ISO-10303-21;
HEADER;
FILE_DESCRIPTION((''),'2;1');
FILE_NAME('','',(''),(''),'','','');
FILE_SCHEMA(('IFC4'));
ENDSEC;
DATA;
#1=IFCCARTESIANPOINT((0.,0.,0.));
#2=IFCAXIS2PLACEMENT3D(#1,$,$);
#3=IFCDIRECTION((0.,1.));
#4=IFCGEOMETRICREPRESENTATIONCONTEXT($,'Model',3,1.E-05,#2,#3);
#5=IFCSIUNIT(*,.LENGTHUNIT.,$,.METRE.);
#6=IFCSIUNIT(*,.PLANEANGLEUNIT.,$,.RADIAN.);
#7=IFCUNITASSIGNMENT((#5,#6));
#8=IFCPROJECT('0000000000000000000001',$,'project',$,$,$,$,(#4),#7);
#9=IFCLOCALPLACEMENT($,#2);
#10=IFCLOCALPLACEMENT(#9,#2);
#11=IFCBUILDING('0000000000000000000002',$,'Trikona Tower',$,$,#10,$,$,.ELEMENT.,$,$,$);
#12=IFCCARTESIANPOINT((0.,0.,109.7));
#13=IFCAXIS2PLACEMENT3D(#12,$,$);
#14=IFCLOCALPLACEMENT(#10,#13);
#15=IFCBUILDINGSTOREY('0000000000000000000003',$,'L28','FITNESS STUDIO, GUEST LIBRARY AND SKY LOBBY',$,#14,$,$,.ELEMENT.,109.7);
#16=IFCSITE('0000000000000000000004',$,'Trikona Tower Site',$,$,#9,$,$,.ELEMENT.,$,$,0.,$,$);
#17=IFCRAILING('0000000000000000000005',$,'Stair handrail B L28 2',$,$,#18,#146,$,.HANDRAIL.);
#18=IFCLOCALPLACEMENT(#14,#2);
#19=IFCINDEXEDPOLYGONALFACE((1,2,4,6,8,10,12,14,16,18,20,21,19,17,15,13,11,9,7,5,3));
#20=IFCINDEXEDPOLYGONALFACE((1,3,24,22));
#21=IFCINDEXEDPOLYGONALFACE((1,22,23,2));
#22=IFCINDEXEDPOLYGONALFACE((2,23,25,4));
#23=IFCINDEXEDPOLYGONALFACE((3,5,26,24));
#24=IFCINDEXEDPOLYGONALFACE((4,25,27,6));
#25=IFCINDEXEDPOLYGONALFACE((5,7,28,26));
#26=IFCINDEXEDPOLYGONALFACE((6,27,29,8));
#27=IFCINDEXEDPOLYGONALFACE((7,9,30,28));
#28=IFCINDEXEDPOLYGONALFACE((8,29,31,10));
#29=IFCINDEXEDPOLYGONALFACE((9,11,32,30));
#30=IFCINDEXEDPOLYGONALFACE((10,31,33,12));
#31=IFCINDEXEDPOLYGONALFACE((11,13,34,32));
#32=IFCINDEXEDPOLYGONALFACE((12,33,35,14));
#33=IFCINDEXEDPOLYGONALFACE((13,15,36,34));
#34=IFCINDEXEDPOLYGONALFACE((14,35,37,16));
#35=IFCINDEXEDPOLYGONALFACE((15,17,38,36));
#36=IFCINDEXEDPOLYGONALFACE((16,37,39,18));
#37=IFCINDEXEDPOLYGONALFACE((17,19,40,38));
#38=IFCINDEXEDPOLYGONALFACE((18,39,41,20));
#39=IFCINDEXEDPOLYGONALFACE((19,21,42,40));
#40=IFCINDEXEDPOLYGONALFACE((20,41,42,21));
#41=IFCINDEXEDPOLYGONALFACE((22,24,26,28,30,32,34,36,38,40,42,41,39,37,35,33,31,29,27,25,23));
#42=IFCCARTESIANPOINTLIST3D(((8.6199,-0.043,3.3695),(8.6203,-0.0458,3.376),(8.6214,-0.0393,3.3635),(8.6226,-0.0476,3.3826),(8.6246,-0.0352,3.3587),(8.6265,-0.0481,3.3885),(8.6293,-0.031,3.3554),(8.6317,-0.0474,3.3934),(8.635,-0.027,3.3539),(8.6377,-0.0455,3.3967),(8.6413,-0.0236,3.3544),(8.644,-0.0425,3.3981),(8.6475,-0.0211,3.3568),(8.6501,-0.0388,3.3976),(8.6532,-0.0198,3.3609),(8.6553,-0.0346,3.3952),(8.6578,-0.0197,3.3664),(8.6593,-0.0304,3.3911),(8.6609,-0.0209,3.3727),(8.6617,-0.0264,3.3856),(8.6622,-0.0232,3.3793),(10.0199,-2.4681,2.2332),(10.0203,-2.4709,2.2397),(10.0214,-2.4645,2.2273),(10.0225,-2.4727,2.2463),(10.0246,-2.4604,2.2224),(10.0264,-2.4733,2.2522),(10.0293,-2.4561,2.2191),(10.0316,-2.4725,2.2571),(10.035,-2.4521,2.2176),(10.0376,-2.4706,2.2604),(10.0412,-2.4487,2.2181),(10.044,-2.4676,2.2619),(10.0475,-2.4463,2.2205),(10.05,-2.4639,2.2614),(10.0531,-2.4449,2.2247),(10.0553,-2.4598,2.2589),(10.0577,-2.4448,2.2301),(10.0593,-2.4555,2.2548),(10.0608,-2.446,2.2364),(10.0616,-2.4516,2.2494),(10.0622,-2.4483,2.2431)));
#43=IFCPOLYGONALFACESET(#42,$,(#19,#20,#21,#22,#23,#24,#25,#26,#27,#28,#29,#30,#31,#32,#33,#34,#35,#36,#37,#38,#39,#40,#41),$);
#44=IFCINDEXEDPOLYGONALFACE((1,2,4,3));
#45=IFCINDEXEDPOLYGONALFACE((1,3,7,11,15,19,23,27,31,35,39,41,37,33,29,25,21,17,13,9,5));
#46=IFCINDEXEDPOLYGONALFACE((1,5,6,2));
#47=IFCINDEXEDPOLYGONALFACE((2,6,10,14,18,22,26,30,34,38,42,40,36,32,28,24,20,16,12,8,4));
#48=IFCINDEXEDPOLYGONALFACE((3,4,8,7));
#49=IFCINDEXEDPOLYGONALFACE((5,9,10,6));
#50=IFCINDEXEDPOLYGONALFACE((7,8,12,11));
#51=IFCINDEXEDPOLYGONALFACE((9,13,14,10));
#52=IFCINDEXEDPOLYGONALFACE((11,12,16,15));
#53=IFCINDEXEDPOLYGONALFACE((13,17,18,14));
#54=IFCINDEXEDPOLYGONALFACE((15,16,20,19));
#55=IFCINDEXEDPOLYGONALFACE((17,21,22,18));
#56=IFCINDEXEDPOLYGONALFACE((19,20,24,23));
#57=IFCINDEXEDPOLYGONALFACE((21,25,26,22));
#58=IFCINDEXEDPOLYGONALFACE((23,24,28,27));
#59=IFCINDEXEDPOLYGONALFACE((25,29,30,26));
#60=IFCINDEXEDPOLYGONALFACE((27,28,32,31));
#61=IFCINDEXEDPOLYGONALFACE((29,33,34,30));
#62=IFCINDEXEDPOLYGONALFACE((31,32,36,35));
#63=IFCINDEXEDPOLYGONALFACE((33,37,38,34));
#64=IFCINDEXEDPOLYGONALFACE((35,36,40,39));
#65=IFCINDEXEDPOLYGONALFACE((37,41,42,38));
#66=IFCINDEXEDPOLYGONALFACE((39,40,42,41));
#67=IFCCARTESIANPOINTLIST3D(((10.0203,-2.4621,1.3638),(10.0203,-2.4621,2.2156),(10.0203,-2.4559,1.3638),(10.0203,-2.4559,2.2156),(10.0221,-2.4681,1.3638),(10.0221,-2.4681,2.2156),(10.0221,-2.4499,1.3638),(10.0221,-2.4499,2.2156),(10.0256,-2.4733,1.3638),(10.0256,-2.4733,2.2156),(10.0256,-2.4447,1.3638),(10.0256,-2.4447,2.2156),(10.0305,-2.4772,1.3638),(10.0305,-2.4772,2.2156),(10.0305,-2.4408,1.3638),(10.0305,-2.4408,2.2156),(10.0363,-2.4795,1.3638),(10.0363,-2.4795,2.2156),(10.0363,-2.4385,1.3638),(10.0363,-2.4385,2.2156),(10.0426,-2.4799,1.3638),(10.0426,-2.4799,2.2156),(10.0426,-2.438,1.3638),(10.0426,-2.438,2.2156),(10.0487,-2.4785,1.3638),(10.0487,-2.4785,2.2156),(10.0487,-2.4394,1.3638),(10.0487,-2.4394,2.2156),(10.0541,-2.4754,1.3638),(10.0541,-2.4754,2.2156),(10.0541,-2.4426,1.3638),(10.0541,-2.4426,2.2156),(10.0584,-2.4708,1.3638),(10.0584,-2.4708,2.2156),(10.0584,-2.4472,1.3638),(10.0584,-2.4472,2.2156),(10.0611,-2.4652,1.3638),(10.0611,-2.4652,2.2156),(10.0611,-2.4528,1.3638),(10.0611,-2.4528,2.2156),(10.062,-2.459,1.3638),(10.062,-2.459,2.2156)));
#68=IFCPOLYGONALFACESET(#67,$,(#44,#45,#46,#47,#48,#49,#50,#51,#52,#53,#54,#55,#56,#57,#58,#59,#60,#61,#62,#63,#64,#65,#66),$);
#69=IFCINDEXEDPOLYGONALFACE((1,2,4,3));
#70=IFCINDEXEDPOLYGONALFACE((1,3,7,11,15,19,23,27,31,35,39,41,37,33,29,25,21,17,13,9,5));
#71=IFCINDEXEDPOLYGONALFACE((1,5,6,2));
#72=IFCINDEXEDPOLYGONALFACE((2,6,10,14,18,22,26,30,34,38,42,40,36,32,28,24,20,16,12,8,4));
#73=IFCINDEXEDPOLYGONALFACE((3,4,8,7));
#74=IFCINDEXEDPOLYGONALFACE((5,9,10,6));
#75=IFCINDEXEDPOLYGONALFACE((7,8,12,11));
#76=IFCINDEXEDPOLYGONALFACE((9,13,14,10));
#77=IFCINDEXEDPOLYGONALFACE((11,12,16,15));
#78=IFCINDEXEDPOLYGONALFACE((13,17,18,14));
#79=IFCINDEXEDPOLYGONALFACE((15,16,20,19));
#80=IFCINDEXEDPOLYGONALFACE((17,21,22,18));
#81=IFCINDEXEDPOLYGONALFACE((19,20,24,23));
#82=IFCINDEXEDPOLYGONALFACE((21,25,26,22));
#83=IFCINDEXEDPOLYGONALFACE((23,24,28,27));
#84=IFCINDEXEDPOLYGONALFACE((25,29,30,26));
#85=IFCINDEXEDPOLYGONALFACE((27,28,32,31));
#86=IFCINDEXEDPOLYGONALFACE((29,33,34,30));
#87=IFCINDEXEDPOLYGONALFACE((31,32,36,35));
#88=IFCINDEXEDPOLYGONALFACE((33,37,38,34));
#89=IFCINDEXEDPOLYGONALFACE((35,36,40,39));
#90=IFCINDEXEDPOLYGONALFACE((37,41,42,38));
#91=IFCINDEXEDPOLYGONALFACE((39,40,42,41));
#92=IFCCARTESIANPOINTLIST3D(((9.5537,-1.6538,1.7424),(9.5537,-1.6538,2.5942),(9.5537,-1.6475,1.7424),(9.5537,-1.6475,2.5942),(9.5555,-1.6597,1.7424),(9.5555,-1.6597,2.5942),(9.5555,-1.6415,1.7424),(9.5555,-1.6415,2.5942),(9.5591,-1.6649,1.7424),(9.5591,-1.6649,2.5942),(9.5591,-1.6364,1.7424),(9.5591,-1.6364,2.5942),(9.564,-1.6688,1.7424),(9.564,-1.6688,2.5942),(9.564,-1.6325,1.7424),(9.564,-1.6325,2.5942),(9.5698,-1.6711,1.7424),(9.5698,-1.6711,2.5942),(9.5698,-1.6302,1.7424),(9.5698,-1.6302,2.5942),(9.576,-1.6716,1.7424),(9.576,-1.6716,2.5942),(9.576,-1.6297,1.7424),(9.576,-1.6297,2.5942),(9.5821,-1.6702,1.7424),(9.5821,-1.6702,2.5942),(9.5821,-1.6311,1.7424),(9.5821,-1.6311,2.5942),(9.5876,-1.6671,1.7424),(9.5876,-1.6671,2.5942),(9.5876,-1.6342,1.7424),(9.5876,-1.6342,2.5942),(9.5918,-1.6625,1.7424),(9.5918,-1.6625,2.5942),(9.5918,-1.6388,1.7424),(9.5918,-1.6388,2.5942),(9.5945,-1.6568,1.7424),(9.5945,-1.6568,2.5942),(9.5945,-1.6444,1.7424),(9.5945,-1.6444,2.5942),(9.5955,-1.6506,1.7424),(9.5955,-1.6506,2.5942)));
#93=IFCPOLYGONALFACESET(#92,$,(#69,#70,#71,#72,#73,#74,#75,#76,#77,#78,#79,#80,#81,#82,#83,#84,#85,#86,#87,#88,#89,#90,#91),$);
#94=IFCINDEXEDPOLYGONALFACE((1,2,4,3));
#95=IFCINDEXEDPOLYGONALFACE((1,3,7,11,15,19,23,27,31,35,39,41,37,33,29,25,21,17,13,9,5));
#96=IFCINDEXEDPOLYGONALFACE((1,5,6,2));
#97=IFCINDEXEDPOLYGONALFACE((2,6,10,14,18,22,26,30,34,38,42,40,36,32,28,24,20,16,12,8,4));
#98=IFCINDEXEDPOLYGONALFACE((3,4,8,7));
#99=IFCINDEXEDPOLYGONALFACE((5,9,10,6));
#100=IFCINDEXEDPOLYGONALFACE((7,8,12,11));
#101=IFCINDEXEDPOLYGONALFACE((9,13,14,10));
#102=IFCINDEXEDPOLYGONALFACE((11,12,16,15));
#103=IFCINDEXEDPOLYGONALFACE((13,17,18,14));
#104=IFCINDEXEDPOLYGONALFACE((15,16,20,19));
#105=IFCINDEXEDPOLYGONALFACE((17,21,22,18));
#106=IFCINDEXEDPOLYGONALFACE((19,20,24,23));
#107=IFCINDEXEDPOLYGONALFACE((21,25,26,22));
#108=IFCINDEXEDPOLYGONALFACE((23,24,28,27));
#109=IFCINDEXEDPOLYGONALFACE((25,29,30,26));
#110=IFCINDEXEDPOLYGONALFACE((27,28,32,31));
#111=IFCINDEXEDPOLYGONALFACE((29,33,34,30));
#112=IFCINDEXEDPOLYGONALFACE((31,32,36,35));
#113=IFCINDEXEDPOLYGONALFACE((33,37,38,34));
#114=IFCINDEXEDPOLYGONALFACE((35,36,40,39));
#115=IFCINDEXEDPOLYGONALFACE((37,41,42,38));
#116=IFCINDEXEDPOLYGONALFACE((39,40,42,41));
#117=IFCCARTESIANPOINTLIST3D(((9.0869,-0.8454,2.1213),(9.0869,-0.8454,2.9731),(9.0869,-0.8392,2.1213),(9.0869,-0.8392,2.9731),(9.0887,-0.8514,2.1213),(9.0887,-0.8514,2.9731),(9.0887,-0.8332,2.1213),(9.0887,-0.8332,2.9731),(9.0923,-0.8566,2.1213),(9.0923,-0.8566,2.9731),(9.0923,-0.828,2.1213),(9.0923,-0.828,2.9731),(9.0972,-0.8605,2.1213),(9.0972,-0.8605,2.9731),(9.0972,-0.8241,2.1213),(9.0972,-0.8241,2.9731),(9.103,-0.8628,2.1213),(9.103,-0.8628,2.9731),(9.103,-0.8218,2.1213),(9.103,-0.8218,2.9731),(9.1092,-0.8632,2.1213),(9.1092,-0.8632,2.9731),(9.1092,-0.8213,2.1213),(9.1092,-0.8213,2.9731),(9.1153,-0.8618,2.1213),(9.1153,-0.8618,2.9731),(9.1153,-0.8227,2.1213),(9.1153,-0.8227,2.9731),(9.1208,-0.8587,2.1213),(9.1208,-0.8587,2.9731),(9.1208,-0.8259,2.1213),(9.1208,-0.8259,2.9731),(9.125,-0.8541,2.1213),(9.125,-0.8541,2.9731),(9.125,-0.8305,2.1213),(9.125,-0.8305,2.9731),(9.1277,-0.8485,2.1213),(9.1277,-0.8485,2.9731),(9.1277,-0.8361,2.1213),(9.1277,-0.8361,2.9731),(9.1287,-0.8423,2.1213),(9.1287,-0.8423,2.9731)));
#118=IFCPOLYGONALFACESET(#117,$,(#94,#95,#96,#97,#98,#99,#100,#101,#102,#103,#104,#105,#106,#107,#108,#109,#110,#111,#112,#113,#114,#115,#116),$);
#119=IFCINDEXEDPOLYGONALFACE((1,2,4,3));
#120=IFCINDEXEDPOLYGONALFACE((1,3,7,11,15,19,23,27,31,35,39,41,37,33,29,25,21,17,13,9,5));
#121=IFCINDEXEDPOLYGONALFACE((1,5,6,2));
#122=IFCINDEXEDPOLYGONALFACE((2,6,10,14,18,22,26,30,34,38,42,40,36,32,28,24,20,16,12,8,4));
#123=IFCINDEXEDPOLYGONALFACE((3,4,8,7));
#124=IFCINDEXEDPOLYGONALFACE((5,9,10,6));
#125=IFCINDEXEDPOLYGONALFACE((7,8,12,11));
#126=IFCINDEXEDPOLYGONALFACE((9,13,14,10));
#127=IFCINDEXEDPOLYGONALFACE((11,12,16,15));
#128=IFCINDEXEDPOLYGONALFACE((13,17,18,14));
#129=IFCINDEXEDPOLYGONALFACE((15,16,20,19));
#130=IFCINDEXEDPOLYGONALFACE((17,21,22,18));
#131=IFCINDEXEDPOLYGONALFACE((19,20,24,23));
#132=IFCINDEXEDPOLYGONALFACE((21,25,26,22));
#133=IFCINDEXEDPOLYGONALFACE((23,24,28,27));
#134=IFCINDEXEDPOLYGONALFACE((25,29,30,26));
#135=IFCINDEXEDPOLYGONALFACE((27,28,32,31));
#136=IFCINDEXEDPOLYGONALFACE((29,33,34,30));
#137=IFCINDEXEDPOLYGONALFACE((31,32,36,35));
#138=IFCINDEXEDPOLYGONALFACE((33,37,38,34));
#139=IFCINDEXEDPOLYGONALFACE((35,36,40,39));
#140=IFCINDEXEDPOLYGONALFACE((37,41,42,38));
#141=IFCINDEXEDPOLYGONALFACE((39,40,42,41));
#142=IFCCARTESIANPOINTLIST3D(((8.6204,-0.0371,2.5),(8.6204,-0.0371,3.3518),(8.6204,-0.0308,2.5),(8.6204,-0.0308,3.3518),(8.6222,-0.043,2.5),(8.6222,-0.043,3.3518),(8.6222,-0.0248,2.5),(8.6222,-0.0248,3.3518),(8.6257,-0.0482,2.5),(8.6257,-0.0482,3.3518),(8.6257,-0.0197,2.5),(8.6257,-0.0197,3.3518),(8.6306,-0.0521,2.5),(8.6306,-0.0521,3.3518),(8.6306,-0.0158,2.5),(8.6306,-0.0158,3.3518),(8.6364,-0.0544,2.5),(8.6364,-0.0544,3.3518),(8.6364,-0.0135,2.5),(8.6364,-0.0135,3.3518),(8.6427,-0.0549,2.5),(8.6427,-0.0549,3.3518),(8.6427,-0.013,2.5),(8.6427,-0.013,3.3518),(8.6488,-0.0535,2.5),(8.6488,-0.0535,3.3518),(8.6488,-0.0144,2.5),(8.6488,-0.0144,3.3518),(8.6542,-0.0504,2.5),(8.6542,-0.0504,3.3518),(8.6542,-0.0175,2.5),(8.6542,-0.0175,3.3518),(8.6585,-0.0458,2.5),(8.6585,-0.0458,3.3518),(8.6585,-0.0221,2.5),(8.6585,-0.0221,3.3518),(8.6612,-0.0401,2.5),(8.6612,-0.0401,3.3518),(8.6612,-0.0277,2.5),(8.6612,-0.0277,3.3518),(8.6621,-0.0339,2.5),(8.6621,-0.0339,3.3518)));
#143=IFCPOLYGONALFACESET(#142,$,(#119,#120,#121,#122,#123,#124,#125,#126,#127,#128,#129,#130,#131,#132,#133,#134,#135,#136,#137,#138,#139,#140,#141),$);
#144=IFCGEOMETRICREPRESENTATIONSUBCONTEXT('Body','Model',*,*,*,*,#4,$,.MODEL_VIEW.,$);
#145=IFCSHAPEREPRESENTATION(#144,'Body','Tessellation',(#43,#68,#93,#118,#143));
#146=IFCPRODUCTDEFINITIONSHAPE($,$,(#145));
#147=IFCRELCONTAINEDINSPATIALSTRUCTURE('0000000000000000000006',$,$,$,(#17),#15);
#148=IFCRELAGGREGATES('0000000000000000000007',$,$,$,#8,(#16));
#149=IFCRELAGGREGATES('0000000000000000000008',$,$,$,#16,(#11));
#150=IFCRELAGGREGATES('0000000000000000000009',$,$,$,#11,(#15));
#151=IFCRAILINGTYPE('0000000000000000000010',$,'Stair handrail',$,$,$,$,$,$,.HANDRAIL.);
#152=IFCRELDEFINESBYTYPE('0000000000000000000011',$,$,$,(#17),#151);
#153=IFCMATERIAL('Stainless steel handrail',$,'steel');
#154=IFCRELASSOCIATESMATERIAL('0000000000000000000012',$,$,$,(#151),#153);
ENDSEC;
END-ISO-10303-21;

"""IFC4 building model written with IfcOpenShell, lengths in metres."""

from ifc_helpers import new_model, si_unit, direction, frame, origin, origin_2d, place, context, subcontext, project, spatial, circle, extrude, material, type_object, element, save


model = new_model("IFC4")

# Units and contexts
model_context = context("Model", 3, precision=1e-05, world=origin(), true_north=direction((0.0, 1.0)))
body_context = subcontext(model_context, "Body", "Model", "MODEL_VIEW")
ifc_project = project(units=[si_unit("LENGTHUNIT", "METRE"), si_unit("PLANEANGLEUNIT", "RADIAN")], contexts=[model_context])

# Site, building, storey
site_placement = place(None, origin())
site = spatial("IfcSite", under=ifc_project, at=site_placement, Name="Trikona Tower Site", CompositionType="ELEMENT", RefElevation=0.0)
building_placement = place(site_placement, origin())
building = spatial("IfcBuilding", under=site, at=building_placement, Name="Trikona Tower", CompositionType="ELEMENT")
storey_placement = place(building_placement, frame((0.0, 0.0, 109.7)))
storey = spatial("IfcBuildingStorey", under=building, at=storey_placement, Name="L28", Description="FITNESS STUDIO, GUEST LIBRARY AND SKY LOBBY", CompositionType="ELEMENT", Elevation=109.7)

# Railing
ifc_material_1 = material(Name="Stainless steel handrail", Category="steel")
railing_type = type_object("IfcRailingType", Name="Stair handrail", PredefinedType="HANDRAIL", material=ifc_material_1)
for number, where, name in (
    (1, (10.041, -2.459, 1.3638), "Stair handrail B L28 2"),
):
    element("IfcRailing", number, at=place(storey_placement, frame(where)), inside=storey, type_object=railing_type, Name=name, PredefinedType="HANDRAIL", context=body_context, shape_type="SweptSolid", body=[
        extrude(circle(Radius=0.0239, at=origin_2d()), frame((0.0, 0.0, 0.876), z_axis=(-0.463259, 0.802503, 0.376004), x_axis=(-0.866056, -0.499946, 0.0)), (0.0, 0.0, 1.0), 3.022),
        extrude(circle(Radius=0.021, at=origin_2d()), origin(), (0.0, 0.0, 1.0), 0.8518),
        extrude(circle(Radius=0.021, at=origin_2d()), frame((-0.4666, 0.8083, 0.3787)), (0.0, 0.0, 1.0), 0.8518),
        extrude(circle(Radius=0.021, at=origin_2d()), frame((-0.9333, 1.6167, 0.7576)), (0.0, 0.0, 1.0), 0.8518),
        extrude(circle(Radius=0.021, at=origin_2d()), frame((-1.3999, 2.425, 1.1362)), (0.0, 0.0, 1.0), 0.8518),
    ])

save(model, "model.ifc")
